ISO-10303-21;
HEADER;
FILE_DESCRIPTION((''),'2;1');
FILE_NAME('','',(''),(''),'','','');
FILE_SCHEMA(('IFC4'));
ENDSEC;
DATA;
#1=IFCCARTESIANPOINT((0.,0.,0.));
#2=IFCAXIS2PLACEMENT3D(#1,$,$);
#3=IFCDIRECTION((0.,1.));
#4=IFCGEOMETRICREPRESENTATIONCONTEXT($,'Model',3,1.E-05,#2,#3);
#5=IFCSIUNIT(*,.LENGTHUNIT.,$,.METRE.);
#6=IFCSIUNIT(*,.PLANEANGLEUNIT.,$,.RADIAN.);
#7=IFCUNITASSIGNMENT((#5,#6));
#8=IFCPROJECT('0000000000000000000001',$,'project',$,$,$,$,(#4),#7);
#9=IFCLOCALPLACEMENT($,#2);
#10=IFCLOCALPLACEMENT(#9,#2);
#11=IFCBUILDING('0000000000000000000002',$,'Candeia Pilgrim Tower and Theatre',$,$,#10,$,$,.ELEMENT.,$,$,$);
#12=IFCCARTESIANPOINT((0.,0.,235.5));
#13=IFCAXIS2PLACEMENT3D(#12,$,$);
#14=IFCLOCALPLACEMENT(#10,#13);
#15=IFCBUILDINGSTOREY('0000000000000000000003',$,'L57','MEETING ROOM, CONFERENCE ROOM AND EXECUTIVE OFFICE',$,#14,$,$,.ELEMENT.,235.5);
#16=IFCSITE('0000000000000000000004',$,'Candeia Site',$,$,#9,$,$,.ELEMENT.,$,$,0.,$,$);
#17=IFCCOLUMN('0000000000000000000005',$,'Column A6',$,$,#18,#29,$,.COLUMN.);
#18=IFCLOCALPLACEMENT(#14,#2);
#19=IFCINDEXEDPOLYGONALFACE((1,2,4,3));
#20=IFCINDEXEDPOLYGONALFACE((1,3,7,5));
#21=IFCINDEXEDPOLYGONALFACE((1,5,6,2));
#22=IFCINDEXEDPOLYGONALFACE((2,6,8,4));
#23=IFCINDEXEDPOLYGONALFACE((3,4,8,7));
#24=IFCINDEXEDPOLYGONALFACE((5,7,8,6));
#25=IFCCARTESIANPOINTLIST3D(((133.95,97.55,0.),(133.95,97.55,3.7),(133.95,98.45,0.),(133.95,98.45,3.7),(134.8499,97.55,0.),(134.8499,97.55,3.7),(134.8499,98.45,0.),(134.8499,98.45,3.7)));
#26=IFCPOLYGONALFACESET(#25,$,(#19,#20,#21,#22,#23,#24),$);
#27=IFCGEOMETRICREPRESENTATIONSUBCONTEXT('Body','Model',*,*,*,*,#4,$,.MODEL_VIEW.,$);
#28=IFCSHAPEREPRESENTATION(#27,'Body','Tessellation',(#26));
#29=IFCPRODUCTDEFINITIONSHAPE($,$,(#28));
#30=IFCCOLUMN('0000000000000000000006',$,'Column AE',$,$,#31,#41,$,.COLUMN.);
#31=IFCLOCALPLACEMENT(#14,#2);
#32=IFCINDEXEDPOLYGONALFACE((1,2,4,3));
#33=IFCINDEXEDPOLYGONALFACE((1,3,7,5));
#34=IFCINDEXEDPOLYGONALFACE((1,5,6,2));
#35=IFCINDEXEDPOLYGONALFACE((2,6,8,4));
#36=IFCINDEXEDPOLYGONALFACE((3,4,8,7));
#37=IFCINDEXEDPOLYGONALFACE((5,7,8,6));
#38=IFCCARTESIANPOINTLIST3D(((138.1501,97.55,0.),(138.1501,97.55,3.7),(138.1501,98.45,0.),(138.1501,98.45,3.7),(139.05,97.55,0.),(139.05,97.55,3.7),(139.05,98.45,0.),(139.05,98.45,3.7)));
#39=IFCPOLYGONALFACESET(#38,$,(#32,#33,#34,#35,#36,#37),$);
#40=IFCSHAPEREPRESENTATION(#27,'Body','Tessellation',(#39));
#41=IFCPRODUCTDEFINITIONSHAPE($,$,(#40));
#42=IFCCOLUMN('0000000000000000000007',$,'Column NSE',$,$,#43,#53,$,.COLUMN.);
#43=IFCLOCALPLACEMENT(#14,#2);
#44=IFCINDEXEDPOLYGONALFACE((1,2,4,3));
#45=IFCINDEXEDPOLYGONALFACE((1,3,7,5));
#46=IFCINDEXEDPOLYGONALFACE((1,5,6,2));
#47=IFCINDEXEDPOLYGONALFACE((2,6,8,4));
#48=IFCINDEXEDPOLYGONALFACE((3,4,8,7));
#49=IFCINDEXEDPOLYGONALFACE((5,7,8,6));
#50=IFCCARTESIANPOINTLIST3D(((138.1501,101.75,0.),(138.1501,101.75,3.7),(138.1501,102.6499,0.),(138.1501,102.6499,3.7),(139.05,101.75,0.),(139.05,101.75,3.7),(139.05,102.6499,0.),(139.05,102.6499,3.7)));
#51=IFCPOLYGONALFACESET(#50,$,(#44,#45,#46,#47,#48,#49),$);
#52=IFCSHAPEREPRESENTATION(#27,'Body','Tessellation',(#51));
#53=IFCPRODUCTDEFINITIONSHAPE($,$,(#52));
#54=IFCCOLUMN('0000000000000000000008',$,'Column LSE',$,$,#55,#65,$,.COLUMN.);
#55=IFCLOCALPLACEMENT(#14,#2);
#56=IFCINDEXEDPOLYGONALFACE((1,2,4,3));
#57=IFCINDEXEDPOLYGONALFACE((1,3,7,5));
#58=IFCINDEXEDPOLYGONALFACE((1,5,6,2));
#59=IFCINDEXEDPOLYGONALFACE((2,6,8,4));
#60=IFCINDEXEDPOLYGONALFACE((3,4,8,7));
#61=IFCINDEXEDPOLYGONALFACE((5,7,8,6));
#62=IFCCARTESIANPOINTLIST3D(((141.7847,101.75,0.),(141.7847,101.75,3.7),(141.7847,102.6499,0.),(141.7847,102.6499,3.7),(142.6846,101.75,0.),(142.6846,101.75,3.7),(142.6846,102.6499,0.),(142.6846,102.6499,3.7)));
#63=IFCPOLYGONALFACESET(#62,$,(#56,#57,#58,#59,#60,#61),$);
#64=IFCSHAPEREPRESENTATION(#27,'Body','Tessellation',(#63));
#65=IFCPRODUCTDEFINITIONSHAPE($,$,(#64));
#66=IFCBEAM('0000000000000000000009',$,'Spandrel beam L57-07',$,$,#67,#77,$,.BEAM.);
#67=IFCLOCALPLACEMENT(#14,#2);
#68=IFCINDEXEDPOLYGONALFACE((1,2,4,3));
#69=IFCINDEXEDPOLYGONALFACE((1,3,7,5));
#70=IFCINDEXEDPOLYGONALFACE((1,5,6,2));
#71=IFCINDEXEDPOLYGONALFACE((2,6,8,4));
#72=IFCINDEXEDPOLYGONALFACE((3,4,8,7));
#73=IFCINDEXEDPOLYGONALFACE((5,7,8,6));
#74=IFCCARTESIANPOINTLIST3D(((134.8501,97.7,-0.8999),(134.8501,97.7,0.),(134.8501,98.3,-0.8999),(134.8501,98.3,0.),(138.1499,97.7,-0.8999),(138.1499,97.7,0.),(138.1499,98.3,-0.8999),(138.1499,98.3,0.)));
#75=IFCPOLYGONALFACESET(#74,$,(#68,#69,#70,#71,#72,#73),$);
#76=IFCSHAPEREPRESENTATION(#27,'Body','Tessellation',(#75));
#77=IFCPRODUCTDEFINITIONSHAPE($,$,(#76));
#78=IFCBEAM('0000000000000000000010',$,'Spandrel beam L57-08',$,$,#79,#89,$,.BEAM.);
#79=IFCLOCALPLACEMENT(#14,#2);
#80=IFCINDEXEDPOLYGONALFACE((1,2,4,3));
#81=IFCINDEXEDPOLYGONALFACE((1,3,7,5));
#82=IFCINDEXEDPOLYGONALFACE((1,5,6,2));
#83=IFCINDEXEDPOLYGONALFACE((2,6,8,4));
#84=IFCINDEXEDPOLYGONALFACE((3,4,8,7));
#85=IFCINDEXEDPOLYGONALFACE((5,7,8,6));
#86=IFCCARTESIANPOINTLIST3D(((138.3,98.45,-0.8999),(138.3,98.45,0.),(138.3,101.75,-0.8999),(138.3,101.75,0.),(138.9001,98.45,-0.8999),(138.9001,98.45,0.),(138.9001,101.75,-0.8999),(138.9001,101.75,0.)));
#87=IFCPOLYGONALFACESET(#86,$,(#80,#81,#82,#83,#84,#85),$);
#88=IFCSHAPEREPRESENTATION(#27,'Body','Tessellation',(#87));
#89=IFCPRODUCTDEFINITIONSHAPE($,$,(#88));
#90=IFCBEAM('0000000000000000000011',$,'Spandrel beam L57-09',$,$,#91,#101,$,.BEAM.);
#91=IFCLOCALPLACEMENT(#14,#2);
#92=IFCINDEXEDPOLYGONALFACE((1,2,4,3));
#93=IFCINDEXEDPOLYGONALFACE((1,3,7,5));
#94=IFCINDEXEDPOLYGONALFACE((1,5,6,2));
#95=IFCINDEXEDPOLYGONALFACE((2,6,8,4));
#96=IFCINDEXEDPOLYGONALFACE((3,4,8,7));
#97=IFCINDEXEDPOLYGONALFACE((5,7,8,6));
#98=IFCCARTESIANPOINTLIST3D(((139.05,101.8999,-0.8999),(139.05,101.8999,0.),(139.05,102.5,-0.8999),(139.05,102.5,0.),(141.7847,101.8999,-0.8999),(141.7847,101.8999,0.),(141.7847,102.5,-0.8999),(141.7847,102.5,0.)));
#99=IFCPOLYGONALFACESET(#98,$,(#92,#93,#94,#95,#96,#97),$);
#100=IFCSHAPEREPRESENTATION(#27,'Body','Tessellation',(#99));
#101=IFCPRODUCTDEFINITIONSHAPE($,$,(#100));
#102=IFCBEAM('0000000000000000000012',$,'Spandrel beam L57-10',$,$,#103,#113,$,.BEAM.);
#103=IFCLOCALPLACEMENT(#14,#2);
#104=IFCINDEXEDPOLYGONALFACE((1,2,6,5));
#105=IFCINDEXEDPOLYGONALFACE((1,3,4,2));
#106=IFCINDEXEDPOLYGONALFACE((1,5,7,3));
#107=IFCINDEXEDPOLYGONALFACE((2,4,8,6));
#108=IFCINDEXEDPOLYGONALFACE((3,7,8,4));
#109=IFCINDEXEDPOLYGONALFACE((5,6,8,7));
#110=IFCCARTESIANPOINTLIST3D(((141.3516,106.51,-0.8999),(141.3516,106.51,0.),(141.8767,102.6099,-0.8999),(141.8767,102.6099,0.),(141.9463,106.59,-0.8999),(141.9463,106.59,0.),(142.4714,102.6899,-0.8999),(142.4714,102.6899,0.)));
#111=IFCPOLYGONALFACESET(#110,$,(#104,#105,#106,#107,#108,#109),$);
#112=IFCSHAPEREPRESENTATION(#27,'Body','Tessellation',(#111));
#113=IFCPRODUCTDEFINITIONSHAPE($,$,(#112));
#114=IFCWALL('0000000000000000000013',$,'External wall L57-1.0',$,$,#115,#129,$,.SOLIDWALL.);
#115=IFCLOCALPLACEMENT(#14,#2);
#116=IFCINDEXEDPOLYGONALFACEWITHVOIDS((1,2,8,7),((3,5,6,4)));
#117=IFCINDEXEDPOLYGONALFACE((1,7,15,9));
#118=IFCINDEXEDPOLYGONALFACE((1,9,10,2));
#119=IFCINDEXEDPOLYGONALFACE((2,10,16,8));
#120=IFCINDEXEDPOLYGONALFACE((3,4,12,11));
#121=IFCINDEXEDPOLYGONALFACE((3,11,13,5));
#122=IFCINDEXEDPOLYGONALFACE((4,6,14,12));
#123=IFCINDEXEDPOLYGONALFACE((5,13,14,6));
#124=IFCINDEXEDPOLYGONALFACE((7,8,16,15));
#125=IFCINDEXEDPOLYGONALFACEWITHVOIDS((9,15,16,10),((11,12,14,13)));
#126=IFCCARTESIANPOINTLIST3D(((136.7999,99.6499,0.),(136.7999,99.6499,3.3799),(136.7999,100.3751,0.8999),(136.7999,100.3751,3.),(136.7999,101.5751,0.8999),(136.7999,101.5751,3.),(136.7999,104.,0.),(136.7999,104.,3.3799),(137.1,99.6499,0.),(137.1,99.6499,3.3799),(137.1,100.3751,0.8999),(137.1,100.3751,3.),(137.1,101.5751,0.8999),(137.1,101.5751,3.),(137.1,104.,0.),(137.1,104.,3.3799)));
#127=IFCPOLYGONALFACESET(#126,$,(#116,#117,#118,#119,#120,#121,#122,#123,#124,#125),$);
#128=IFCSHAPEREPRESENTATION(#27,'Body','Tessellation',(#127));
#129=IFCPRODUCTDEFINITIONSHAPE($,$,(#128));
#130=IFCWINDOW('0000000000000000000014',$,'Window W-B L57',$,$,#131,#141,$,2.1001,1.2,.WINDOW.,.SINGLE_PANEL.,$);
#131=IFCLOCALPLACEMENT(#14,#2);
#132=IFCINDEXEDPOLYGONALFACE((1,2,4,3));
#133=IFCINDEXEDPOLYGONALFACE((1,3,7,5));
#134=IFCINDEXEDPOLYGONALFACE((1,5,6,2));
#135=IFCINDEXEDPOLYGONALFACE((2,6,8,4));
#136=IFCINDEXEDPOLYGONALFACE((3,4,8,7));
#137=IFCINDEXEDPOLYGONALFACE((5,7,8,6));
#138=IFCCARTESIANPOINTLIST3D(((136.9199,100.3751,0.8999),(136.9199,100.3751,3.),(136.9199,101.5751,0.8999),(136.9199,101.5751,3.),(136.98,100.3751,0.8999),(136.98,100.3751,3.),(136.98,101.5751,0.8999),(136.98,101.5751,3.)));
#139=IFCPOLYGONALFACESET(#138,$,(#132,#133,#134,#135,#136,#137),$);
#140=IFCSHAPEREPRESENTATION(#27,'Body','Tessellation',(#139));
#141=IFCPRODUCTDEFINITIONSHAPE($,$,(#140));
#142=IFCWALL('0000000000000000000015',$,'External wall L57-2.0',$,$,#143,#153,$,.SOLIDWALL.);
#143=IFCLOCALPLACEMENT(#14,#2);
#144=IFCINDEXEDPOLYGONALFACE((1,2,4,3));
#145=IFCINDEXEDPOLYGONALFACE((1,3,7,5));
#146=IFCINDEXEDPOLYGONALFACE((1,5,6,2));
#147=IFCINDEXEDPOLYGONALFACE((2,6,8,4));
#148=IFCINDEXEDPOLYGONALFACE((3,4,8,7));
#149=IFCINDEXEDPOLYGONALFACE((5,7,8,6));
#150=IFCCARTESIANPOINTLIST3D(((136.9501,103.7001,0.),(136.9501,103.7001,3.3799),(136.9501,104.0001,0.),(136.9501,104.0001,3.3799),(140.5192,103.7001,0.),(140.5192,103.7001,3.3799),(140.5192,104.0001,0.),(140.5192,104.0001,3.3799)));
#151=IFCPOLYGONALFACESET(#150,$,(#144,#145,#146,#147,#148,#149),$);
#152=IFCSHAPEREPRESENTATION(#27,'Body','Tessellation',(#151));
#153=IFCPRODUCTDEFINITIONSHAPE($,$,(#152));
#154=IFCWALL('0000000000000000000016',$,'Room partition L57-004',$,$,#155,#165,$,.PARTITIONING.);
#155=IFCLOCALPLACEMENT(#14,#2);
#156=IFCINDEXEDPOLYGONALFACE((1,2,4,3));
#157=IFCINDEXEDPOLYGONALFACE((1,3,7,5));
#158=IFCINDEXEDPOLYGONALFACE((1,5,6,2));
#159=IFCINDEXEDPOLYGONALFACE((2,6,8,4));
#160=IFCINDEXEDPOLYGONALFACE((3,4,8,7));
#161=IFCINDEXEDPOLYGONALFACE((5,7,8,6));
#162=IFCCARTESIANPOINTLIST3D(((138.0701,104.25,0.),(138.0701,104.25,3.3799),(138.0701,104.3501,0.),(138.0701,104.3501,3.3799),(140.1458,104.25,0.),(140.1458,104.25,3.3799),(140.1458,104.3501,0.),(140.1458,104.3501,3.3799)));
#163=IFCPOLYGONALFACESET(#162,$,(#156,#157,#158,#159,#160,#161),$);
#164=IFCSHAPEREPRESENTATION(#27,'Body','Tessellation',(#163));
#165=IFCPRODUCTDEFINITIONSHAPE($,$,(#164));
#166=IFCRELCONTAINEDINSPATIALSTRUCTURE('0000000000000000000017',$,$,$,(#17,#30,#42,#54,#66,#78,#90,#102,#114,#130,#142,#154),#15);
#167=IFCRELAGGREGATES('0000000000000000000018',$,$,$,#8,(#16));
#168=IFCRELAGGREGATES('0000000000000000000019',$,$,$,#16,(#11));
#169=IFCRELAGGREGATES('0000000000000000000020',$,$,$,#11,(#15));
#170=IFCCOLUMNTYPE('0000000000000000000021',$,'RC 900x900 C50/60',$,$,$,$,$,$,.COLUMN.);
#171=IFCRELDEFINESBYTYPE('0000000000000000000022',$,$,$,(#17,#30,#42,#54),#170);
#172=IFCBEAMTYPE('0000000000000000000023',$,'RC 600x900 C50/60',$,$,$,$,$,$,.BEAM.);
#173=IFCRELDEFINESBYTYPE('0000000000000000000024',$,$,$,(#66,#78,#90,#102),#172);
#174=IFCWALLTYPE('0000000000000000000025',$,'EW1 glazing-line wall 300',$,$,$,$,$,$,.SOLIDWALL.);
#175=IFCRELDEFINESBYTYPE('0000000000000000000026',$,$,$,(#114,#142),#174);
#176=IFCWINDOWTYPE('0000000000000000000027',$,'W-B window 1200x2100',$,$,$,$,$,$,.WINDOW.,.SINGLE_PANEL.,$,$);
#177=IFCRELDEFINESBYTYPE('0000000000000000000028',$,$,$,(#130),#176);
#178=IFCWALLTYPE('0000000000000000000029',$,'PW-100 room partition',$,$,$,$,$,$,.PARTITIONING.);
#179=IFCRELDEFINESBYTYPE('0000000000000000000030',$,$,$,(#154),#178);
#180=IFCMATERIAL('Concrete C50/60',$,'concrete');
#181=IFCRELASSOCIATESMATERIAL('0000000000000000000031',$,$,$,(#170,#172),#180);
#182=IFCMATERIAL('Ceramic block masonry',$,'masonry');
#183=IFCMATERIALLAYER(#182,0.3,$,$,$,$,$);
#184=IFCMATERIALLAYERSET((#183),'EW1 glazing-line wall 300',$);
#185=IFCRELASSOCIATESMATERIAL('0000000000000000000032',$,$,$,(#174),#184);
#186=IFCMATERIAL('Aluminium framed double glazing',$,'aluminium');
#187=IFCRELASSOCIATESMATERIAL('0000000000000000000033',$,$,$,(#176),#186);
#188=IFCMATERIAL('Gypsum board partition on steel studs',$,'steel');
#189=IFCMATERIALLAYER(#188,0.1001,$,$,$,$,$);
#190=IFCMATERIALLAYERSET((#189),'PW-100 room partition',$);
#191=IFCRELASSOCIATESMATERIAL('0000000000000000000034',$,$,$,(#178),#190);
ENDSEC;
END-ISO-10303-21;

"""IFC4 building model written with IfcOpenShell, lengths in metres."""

from ifc_helpers import new_model, si_unit, direction, frame, frame_2d, origin, origin_2d, place, context, subcontext, project, spatial, rectangle, extrude, material, layer, layer_set, material_profile, profile_set, type_object, element, fill, save


model = new_model("IFC4")

# Units and contexts
model_context = context("Model", 3, precision=1e-05, world=origin(), true_north=direction((0.0, 1.0)))
body_context = subcontext(model_context, "Body", "Model", "MODEL_VIEW")
ifc_project = project(units=[si_unit("LENGTHUNIT", "METRE"), si_unit("PLANEANGLEUNIT", "RADIAN")], contexts=[model_context])

# Site, building, storey
site_placement = place(None, origin())
site = spatial("IfcSite", under=ifc_project, at=site_placement, Name="Candeia Site", CompositionType="ELEMENT", RefElevation=0.0)
building_placement = place(site_placement, origin())
building = spatial("IfcBuilding", under=site, at=building_placement, Name="Candeia Pilgrim Tower and Theatre", CompositionType="ELEMENT")
storey_placement = place(building_placement, frame((0.0, 0.0, 235.5)))
storey = spatial("IfcBuildingStorey", under=building, at=storey_placement, Name="L57", Description="MEETING ROOM, CONFERENCE ROOM AND EXECUTIVE OFFICE", CompositionType="ELEMENT", Elevation=235.5)

# Columns
ifc_material_1 = material(Name="Concrete C50/60", Category="concrete")
ifc_material_profile_1 = material_profile(ifc_material_1, rectangle(XDim=0.8999, YDim=0.8999, at=origin_2d()))
ifc_profile_set_1 = profile_set([ifc_material_profile_1], Name="Concrete C50/60")
column_type = type_object("IfcColumnType", Name="RC 900x900 C50/60", PredefinedType="COLUMN", material=ifc_profile_set_1)
for number, where, z_axis, x_axis, name in (
    (1, (134.3999, 98.0, 0.0), (0.0, 0.0, 1.0), (1.0, 0.0, 0.0), "Column A6"),
    (2, (138.6001, 98.0, 0.0), (0.0, 0.0, 1.0), (1.0, 0.0, 0.0), "Column AE"),
    (3, (138.6001, 102.2, 0.0), (0.0, 0.0, 1.0), (1.0, 0.0, 0.0), "Column NSE"),
    (4, (142.2346, 102.2, 0.0), (0.0, 0.0, 1.0), (1.0, 0.0, 0.0), "Column LSE"),
):
    element("IfcColumn", number, at=place(storey_placement, frame(where, z_axis=z_axis, x_axis=x_axis)), inside=storey, type_object=column_type, Name=name, PredefinedType="COLUMN", context=body_context, shape_type="SweptSolid", body=[
        extrude(rectangle(XDim=0.8999, YDim=0.8999, at=origin_2d()), origin(), (0.0, 0.0, 1.0), 3.7),
    ])

# Beams
ifc_material_profile_2 = material_profile(ifc_material_1, rectangle(XDim=0.6001, YDim=0.8999, at=origin_2d()))
ifc_profile_set_2 = profile_set([ifc_material_profile_2], Name="Concrete C50/60")
beam_type = type_object("IfcBeamType", Name="RC 600x900 C50/60", PredefinedType="BEAM", material=ifc_profile_set_2)
beam_1_placement = place(storey_placement, frame((134.8501, 98.0, -0.45), z_axis=(1.0, 0.0, 0.0), x_axis=(0.0, 1.0, 0.0)))
element("IfcBeam", 5, at=beam_1_placement, inside=storey, type_object=beam_type, Name="Spandrel beam L57-07", PredefinedType="BEAM", context=body_context, shape_type="SweptSolid", body=[
    extrude(rectangle(XDim=0.6001, YDim=0.8999, at=origin_2d()), origin(), (0.0, 0.0, 1.0), 3.2998),
])
beam_2_placement = place(storey_placement, frame((138.6001, 98.45, -0.45), z_axis=(0.0, 1.0, 0.0), x_axis=(-1.0, 0.0, 0.0)))
element("IfcBeam", 6, at=beam_2_placement, inside=storey, type_object=beam_type, Name="Spandrel beam L57-08", PredefinedType="BEAM", context=body_context, shape_type="SweptSolid", body=[
    extrude(rectangle(XDim=0.6001, YDim=0.8999, at=origin_2d()), origin(), (0.0, 0.0, 1.0), 3.3),
])
beam_3_placement = place(storey_placement, frame((139.05, 102.2, -0.45), z_axis=(1.0, 0.0, 0.0), x_axis=(0.0, 1.0, 0.0)))
element("IfcBeam", 7, at=beam_3_placement, inside=storey, type_object=beam_type, Name="Spandrel beam L57-09", PredefinedType="BEAM", context=body_context, shape_type="SweptSolid", body=[
    extrude(rectangle(XDim=0.6001, YDim=0.8999, at=origin_2d()), origin(), (0.0, 0.0, 1.0), 2.7346),
])
beam_4_placement = place(storey_placement, frame((142.1741, 102.6499, -0.45), z_axis=(-0.133444, 0.991056, 0.0), x_axis=(-0.991056, -0.133444, 0.0)))
element("IfcBeam", 8, at=beam_4_placement, inside=storey, type_object=beam_type, Name="Spandrel beam L57-10", PredefinedType="BEAM", context=body_context, shape_type="SweptSolid", body=[
    extrude(rectangle(XDim=0.6001, YDim=0.8999, at=origin_2d()), origin(), (0.0, 0.0, 1.0), 3.9353),
])

# Wall, opening, window
ifc_material_2 = material(Name="Ceramic block masonry", Category="masonry")
ifc_layer_1 = layer(ifc_material_2, 0.3)
ifc_layer_set_1 = layer_set([ifc_layer_1], Name="EW1 glazing-line wall 300")
wall_type_1 = type_object("IfcWallType", Name="EW1 glazing-line wall 300", PredefinedType="SOLIDWALL", material=ifc_layer_set_1)
wall_1_placement = place(storey_placement, frame((136.95, 99.6499, 0.0), z_axis=(0.0, 0.0, 1.0), x_axis=(0.0, 1.0, 0.0)))
wall_1 = element("IfcWall", 9, at=wall_1_placement, inside=storey, type_object=wall_type_1, Name="External wall L57-1.0", PredefinedType="SOLIDWALL", context=body_context, shape_type="SweptSolid", body=[
    extrude(rectangle(XDim=4.3501, YDim=0.3, at=frame_2d((2.175, 0.0))), origin(), (0.0, 0.0, 1.0), 3.3799),
])
opening_1_placement = place(wall_1_placement, frame((0.7251, 0.0, 0.8999)))
opening_1 = element("IfcOpeningElement", 10, at=opening_1_placement, cuts=wall_1, PredefinedType="OPENING", context=body_context, shape_type="SweptSolid", body=[
    extrude(rectangle(XDim=1.2, YDim=2.1001, at=frame_2d((0.6001, 1.05))), frame((0.0, 0.1602, 0.0), z_axis=(0.0, -1.0, 0.0), x_axis=(1.0, 0.0, 0.0)), (0.0, 0.0, 1.0), 0.3201),
])
ifc_material_3 = material(Name="Aluminium framed double glazing", Category="aluminium")
window_type = type_object("IfcWindowType", Name="W-B window 1200x2100", PartitioningType="SINGLE_PANEL", PredefinedType="WINDOW", material=ifc_material_3)
window_1_placement = place(opening_1_placement, origin())
window_1 = element("IfcWindow", 11, at=window_1_placement, inside=storey, type_object=window_type, Name="Window W-B L57", OverallHeight=2.1001, OverallWidth=1.2, PartitioningType="SINGLE_PANEL", PredefinedType="WINDOW", context=body_context, shape_type="SweptSolid", body=[
    extrude(rectangle(XDim=1.2, YDim=2.1001, at=frame_2d((0.6001, 1.05))), frame((0.0, 0.03, 0.0), z_axis=(0.0, -1.0, 0.0), x_axis=(1.0, 0.0, 0.0)), (0.0, 0.0, 1.0), 0.0601),
])
fill(opening_1, window_1)

# Wall
wall_2_placement = place(storey_placement, frame((136.95, 103.8501, 0.0), z_axis=(0.0, 0.0, 1.0), x_axis=(1.0, 0.0, 0.0)))
element("IfcWall", 12, at=wall_2_placement, inside=storey, type_object=wall_type_1, Name="External wall L57-2.0", PredefinedType="SOLIDWALL", context=body_context, shape_type="SweptSolid", body=[
    extrude(rectangle(XDim=3.5691, YDim=0.3, at=frame_2d((1.7847, 0.0))), origin(), (0.0, 0.0, 1.0), 3.3799),
])

# Wall
ifc_material_4 = material(Name="Gypsum board partition on steel studs", Category="steel")
ifc_layer_2 = layer(ifc_material_4, 0.1001)
ifc_layer_set_2 = layer_set([ifc_layer_2], Name="PW-100 room partition")
wall_type_2 = type_object("IfcWallType", Name="PW-100 room partition", PredefinedType="PARTITIONING", material=ifc_layer_set_2)
wall_3_placement = place(storey_placement, frame((138.0701, 104.3, 0.0), z_axis=(0.0, 0.0, 1.0), x_axis=(1.0, 0.0, 0.0)))
element("IfcWall", 13, at=wall_3_placement, inside=storey, type_object=wall_type_2, Name="Room partition L57-004", PredefinedType="PARTITIONING", context=body_context, shape_type="SweptSolid", body=[
    extrude(rectangle(XDim=2.0757, YDim=0.1001, at=frame_2d((1.0378, 0.0))), origin(), (0.0, 0.0, 1.0), 3.3799),
])

save(model, "model.ifc")
